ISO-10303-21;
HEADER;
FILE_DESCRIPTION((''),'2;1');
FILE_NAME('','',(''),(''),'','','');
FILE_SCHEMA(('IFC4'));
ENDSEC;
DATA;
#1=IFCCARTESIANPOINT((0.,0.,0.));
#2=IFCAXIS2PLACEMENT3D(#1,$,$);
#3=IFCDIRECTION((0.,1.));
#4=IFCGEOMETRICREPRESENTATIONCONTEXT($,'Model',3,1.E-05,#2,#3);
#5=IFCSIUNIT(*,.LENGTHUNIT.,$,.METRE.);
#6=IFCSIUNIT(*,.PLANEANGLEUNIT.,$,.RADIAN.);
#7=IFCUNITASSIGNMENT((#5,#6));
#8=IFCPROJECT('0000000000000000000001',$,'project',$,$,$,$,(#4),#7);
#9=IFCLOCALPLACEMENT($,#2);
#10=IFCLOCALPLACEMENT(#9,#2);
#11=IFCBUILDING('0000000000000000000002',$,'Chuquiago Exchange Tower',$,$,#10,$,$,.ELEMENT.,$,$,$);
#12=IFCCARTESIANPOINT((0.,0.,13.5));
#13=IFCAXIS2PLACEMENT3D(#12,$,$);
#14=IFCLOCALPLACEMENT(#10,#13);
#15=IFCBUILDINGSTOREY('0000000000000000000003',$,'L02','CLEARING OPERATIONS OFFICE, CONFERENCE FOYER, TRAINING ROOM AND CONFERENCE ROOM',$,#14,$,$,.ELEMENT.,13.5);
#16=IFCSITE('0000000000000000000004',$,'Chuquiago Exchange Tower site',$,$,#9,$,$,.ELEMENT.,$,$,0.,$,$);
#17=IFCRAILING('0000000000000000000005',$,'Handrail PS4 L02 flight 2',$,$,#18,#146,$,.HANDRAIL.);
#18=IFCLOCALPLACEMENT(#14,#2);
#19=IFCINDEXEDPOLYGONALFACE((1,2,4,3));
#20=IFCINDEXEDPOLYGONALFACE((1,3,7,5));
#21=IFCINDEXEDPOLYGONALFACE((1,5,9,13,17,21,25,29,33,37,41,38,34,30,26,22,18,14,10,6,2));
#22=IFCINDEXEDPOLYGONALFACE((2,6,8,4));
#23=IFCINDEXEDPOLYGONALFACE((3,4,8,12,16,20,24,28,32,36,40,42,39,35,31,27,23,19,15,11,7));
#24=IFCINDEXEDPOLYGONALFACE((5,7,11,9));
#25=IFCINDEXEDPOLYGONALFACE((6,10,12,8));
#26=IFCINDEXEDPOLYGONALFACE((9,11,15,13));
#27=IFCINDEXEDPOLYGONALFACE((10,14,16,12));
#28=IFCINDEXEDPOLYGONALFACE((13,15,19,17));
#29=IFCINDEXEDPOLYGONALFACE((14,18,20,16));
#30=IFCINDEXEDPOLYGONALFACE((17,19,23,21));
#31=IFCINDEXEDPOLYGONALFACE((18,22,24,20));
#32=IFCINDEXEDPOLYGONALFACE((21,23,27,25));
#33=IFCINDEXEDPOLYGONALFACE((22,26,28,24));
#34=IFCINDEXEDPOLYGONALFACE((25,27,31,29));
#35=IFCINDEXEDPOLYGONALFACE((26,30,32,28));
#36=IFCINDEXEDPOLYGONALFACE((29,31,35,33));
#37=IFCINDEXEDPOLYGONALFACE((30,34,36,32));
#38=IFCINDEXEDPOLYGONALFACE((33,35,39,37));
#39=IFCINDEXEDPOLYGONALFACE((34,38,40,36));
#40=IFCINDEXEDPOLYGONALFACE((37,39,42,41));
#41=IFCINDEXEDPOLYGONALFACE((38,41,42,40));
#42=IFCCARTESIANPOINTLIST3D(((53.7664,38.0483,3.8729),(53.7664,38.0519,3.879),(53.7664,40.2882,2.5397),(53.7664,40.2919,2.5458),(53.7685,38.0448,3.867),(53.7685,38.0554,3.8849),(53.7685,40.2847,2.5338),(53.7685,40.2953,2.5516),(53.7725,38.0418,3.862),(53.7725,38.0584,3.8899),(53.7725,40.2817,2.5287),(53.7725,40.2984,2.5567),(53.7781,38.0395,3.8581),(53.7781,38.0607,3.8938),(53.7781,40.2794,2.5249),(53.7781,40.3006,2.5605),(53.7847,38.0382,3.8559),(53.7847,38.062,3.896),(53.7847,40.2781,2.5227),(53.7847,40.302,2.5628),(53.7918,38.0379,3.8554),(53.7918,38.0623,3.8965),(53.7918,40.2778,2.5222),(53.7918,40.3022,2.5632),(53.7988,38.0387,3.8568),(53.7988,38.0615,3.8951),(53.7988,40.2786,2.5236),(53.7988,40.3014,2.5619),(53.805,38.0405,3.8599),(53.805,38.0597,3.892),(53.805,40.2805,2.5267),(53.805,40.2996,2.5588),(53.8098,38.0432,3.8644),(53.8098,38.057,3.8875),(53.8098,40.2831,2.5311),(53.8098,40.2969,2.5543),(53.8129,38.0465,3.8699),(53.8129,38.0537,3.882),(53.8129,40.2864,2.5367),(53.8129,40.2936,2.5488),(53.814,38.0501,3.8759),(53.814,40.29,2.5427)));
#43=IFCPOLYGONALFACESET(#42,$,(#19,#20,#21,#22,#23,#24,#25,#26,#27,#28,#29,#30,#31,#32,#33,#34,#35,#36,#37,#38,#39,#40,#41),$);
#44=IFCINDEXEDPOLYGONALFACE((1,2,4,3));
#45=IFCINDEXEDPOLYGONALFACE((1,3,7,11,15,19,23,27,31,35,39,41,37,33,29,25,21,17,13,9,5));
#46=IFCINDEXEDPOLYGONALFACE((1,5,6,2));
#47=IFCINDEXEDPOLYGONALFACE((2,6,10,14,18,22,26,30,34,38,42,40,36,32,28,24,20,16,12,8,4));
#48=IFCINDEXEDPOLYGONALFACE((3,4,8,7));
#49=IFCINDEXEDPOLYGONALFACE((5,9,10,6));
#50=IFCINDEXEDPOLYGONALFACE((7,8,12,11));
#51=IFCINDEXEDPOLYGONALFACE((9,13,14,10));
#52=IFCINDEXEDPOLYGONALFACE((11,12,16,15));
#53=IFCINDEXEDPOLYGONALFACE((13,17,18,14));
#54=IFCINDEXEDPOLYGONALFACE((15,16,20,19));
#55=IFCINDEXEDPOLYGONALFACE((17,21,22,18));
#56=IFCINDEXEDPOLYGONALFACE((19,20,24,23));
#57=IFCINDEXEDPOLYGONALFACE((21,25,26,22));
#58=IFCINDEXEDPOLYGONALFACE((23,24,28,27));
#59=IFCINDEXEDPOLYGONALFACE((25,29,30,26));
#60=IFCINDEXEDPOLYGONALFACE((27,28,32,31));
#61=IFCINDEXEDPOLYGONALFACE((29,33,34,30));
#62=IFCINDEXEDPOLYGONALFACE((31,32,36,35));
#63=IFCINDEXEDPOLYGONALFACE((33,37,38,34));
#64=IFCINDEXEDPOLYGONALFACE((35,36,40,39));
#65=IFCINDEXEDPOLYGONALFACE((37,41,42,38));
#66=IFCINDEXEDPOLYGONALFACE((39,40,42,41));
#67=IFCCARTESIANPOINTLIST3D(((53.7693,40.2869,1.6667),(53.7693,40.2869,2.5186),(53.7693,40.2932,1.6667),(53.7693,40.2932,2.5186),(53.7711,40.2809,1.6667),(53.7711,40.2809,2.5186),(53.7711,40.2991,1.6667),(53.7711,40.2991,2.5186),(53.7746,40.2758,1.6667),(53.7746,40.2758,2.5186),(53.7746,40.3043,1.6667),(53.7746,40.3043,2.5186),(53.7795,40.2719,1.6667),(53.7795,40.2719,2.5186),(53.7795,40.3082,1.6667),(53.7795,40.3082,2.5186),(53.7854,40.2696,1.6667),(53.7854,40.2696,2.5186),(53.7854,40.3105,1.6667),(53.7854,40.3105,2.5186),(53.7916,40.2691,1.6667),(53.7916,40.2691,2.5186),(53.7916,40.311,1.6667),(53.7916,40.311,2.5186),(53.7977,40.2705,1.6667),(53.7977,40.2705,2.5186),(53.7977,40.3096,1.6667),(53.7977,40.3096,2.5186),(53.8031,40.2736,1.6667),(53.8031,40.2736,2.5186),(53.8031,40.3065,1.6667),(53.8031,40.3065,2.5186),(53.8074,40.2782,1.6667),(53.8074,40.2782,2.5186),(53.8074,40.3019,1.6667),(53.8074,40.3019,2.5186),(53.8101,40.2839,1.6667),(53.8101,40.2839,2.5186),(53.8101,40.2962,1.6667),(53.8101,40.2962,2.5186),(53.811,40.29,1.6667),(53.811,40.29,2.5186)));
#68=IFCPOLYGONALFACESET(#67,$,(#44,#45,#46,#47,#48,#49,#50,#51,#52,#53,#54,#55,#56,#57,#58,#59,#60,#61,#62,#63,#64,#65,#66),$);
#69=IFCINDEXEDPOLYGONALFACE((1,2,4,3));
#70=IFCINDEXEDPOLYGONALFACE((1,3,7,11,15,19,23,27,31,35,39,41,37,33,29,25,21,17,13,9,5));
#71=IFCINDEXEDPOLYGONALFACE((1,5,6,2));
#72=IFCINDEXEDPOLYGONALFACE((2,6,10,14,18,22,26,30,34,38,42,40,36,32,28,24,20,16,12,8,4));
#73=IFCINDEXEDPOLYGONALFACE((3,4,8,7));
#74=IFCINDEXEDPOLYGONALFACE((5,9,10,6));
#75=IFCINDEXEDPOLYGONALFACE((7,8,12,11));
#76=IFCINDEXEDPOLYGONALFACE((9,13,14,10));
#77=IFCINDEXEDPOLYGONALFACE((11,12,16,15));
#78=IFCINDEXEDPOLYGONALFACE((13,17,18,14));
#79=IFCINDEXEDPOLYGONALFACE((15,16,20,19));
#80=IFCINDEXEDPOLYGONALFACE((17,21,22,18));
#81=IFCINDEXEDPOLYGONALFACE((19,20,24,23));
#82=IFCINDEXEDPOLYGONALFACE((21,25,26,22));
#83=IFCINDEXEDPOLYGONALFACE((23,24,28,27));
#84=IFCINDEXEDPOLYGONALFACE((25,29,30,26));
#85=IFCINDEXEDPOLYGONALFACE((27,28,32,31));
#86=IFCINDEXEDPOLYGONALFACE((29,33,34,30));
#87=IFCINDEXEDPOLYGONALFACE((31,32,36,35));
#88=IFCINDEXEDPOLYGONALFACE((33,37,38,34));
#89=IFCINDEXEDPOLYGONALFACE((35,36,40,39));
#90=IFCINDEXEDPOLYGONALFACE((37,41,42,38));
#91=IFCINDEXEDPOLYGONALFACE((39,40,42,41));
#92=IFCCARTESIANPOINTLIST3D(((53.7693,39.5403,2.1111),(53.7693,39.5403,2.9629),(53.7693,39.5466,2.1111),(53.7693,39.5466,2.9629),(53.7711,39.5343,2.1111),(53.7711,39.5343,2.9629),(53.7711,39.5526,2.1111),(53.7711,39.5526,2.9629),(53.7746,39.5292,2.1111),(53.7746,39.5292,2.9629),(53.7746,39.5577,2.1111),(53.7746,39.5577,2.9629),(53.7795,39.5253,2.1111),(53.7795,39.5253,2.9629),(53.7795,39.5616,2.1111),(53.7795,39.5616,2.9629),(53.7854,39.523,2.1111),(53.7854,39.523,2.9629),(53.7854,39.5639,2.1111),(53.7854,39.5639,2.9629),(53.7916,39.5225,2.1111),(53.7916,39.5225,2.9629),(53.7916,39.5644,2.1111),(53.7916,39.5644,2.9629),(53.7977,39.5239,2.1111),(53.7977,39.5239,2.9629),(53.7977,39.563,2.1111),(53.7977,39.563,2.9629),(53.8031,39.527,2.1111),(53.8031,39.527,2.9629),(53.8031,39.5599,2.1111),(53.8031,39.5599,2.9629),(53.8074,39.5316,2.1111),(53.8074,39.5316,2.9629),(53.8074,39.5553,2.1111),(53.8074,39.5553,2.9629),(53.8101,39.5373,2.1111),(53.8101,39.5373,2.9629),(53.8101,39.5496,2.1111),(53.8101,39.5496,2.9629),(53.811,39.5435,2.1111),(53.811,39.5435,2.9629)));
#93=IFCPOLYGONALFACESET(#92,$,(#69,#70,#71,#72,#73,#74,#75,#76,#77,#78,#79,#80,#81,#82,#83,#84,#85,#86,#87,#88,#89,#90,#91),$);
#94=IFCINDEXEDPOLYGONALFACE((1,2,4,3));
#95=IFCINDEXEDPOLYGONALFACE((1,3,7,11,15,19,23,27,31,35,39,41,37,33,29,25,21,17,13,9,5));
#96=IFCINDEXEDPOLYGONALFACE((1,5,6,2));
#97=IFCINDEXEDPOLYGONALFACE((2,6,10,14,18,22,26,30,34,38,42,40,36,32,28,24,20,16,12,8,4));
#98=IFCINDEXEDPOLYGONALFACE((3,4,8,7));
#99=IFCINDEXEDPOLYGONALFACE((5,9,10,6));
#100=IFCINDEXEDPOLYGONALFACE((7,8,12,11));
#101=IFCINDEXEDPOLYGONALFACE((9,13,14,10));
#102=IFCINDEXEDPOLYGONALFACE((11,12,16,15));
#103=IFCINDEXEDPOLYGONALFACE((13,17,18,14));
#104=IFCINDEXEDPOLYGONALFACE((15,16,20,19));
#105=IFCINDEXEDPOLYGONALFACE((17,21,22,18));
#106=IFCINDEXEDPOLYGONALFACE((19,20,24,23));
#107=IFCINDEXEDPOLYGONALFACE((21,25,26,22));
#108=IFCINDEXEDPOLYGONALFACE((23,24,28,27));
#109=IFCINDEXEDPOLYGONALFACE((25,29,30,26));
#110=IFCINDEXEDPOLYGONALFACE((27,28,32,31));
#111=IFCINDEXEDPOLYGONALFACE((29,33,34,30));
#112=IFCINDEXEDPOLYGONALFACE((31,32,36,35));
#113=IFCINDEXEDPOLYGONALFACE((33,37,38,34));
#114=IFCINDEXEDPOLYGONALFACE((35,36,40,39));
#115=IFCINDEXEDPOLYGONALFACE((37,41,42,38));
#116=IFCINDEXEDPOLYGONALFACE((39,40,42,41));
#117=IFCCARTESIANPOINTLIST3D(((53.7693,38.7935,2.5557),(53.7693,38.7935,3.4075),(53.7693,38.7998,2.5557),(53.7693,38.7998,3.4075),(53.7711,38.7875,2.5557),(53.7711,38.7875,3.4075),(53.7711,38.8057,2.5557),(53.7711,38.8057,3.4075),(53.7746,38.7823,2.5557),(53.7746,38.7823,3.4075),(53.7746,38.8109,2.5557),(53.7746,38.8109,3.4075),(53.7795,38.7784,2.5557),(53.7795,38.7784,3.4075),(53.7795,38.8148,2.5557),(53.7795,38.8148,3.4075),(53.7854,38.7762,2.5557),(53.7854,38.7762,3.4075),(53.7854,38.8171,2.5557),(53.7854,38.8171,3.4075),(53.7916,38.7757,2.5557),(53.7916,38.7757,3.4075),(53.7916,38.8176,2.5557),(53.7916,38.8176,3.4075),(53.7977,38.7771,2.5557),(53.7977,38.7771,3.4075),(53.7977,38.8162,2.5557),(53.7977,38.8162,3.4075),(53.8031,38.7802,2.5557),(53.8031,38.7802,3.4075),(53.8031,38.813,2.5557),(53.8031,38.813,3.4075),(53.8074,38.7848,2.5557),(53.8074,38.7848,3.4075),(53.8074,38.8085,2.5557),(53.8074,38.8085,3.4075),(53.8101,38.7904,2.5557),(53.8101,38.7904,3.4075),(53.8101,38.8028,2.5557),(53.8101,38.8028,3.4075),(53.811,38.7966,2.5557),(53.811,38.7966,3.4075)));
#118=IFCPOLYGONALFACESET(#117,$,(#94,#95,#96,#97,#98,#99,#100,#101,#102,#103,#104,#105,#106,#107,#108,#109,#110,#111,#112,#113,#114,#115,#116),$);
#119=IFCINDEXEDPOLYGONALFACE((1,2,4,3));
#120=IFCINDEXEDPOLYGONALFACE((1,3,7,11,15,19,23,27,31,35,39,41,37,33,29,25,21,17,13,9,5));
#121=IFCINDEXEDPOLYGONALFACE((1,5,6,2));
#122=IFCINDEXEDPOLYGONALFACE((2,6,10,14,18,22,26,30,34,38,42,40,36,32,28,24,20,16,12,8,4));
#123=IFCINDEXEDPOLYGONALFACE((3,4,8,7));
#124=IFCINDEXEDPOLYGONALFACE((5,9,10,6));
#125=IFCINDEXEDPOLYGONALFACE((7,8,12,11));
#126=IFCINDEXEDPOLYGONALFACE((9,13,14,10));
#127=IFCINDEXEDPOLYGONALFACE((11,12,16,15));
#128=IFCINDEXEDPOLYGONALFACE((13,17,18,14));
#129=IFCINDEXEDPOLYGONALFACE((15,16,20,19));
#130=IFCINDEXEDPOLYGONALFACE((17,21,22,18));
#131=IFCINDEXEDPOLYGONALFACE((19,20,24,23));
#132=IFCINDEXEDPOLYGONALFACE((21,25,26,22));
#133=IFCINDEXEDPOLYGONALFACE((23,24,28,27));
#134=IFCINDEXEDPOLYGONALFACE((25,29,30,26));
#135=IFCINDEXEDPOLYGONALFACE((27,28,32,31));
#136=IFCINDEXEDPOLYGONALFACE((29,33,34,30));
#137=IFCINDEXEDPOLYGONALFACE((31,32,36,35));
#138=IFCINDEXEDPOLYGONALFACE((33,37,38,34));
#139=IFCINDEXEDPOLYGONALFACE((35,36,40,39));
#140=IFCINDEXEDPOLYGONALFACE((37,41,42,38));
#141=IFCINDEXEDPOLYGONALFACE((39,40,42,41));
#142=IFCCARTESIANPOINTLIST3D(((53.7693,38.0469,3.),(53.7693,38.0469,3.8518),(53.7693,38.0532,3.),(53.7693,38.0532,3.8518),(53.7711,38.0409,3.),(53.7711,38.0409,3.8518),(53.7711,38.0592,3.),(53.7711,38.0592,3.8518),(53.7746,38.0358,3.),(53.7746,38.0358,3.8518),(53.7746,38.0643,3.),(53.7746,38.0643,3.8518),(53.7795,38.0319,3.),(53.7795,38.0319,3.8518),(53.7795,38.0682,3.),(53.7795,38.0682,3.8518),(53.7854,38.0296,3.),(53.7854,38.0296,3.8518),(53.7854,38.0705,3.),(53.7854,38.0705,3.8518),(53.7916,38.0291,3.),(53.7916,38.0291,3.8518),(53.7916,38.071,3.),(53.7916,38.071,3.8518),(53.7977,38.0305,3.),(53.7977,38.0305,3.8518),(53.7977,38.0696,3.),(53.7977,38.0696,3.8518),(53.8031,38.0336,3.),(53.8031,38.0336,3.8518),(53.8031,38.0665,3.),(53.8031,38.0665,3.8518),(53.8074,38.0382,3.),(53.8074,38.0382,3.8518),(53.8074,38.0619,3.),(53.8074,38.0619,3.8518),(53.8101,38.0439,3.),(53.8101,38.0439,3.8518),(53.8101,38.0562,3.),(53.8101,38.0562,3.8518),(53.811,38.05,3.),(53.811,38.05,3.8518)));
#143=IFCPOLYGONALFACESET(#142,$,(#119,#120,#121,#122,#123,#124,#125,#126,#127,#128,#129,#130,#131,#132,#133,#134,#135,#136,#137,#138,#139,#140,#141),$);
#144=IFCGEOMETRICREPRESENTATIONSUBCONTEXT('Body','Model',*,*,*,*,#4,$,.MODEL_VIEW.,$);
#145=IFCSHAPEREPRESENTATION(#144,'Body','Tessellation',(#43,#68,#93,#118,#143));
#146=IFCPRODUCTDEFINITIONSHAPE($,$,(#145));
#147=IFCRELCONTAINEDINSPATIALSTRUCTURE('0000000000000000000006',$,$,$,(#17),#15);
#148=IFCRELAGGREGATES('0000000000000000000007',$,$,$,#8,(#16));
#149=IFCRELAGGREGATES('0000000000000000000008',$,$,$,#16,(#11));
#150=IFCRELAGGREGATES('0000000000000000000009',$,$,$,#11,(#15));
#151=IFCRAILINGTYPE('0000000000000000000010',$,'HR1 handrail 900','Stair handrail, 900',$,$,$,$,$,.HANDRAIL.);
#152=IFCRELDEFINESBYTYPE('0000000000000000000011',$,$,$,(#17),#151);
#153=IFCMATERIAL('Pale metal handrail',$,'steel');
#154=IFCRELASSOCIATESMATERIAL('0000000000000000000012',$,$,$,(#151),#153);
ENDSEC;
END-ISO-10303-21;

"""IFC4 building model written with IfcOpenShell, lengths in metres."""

from ifc_helpers import new_model, si_unit, direction, frame, origin, origin_2d, place, context, subcontext, project, spatial, circle, extrude, material, type_object, element, save


model = new_model("IFC4")

# Units and contexts
model_context = context("Model", 3, precision=1e-05, world=origin(), true_north=direction((0.0, 1.0)))
body_context = subcontext(model_context, "Body", "Model", "MODEL_VIEW")
ifc_project = project(units=[si_unit("LENGTHUNIT", "METRE"), si_unit("PLANEANGLEUNIT", "RADIAN")], contexts=[model_context])

# Site, building, storey
site_placement = place(None, origin())
site = spatial("IfcSite", under=ifc_project, at=site_placement, Name="Chuquiago Exchange Tower site", CompositionType="ELEMENT", RefElevation=0.0)
building_placement = place(site_placement, origin())
building = spatial("IfcBuilding", under=site, at=building_placement, Name="Chuquiago Exchange Tower", CompositionType="ELEMENT")
storey_placement = place(building_placement, frame((0.0, 0.0, 13.5)))
storey = spatial("IfcBuildingStorey", under=building, at=storey_placement, Name="L02", Description="CLEARING OPERATIONS OFFICE, CONFERENCE FOYER, TRAINING ROOM AND CONFERENCE ROOM", CompositionType="ELEMENT", Elevation=13.5)

# Railing
ifc_material_1 = material(Name="Pale metal handrail", Category="steel")
railing_type = type_object("IfcRailingType", Name="HR1 handrail 900", Description="Stair handrail, 900", PredefinedType="HANDRAIL", material=ifc_material_1)
for number, where, name in (
    (1, (53.79, 40.29, 1.6667), "Handrail PS4 L02 flight 2"),
):
    element("IfcRailing", number, at=place(storey_placement, frame(where)), inside=storey, type_object=railing_type, Name=name, PredefinedType="HANDRAIL", context=body_context, shape_type="SweptSolid", body=[
        extrude(circle(Radius=0.0239, at=origin_2d()), frame((0.0, 0.0, 0.876), z_axis=(0.0, -0.859306, 0.511462), x_axis=(1.0, 0.0, 0.0)), (0.0, 0.0, 1.0), 2.6067),
        extrude(circle(Radius=0.021, at=origin_2d()), origin(), (0.0, 0.0, 1.0), 0.8518),
        extrude(circle(Radius=0.021, at=origin_2d()), frame((0.0, -0.7466, 0.4443)), (0.0, 0.0, 1.0), 0.8518),
        extrude(circle(Radius=0.021, at=origin_2d()), frame((0.0, -1.4934, 0.8889)), (0.0, 0.0, 1.0), 0.8518),
        extrude(circle(Radius=0.021, at=origin_2d()), frame((0.0, -2.24, 1.3333)), (0.0, 0.0, 1.0), 0.8518),
    ])

save(model, "model.ifc")
